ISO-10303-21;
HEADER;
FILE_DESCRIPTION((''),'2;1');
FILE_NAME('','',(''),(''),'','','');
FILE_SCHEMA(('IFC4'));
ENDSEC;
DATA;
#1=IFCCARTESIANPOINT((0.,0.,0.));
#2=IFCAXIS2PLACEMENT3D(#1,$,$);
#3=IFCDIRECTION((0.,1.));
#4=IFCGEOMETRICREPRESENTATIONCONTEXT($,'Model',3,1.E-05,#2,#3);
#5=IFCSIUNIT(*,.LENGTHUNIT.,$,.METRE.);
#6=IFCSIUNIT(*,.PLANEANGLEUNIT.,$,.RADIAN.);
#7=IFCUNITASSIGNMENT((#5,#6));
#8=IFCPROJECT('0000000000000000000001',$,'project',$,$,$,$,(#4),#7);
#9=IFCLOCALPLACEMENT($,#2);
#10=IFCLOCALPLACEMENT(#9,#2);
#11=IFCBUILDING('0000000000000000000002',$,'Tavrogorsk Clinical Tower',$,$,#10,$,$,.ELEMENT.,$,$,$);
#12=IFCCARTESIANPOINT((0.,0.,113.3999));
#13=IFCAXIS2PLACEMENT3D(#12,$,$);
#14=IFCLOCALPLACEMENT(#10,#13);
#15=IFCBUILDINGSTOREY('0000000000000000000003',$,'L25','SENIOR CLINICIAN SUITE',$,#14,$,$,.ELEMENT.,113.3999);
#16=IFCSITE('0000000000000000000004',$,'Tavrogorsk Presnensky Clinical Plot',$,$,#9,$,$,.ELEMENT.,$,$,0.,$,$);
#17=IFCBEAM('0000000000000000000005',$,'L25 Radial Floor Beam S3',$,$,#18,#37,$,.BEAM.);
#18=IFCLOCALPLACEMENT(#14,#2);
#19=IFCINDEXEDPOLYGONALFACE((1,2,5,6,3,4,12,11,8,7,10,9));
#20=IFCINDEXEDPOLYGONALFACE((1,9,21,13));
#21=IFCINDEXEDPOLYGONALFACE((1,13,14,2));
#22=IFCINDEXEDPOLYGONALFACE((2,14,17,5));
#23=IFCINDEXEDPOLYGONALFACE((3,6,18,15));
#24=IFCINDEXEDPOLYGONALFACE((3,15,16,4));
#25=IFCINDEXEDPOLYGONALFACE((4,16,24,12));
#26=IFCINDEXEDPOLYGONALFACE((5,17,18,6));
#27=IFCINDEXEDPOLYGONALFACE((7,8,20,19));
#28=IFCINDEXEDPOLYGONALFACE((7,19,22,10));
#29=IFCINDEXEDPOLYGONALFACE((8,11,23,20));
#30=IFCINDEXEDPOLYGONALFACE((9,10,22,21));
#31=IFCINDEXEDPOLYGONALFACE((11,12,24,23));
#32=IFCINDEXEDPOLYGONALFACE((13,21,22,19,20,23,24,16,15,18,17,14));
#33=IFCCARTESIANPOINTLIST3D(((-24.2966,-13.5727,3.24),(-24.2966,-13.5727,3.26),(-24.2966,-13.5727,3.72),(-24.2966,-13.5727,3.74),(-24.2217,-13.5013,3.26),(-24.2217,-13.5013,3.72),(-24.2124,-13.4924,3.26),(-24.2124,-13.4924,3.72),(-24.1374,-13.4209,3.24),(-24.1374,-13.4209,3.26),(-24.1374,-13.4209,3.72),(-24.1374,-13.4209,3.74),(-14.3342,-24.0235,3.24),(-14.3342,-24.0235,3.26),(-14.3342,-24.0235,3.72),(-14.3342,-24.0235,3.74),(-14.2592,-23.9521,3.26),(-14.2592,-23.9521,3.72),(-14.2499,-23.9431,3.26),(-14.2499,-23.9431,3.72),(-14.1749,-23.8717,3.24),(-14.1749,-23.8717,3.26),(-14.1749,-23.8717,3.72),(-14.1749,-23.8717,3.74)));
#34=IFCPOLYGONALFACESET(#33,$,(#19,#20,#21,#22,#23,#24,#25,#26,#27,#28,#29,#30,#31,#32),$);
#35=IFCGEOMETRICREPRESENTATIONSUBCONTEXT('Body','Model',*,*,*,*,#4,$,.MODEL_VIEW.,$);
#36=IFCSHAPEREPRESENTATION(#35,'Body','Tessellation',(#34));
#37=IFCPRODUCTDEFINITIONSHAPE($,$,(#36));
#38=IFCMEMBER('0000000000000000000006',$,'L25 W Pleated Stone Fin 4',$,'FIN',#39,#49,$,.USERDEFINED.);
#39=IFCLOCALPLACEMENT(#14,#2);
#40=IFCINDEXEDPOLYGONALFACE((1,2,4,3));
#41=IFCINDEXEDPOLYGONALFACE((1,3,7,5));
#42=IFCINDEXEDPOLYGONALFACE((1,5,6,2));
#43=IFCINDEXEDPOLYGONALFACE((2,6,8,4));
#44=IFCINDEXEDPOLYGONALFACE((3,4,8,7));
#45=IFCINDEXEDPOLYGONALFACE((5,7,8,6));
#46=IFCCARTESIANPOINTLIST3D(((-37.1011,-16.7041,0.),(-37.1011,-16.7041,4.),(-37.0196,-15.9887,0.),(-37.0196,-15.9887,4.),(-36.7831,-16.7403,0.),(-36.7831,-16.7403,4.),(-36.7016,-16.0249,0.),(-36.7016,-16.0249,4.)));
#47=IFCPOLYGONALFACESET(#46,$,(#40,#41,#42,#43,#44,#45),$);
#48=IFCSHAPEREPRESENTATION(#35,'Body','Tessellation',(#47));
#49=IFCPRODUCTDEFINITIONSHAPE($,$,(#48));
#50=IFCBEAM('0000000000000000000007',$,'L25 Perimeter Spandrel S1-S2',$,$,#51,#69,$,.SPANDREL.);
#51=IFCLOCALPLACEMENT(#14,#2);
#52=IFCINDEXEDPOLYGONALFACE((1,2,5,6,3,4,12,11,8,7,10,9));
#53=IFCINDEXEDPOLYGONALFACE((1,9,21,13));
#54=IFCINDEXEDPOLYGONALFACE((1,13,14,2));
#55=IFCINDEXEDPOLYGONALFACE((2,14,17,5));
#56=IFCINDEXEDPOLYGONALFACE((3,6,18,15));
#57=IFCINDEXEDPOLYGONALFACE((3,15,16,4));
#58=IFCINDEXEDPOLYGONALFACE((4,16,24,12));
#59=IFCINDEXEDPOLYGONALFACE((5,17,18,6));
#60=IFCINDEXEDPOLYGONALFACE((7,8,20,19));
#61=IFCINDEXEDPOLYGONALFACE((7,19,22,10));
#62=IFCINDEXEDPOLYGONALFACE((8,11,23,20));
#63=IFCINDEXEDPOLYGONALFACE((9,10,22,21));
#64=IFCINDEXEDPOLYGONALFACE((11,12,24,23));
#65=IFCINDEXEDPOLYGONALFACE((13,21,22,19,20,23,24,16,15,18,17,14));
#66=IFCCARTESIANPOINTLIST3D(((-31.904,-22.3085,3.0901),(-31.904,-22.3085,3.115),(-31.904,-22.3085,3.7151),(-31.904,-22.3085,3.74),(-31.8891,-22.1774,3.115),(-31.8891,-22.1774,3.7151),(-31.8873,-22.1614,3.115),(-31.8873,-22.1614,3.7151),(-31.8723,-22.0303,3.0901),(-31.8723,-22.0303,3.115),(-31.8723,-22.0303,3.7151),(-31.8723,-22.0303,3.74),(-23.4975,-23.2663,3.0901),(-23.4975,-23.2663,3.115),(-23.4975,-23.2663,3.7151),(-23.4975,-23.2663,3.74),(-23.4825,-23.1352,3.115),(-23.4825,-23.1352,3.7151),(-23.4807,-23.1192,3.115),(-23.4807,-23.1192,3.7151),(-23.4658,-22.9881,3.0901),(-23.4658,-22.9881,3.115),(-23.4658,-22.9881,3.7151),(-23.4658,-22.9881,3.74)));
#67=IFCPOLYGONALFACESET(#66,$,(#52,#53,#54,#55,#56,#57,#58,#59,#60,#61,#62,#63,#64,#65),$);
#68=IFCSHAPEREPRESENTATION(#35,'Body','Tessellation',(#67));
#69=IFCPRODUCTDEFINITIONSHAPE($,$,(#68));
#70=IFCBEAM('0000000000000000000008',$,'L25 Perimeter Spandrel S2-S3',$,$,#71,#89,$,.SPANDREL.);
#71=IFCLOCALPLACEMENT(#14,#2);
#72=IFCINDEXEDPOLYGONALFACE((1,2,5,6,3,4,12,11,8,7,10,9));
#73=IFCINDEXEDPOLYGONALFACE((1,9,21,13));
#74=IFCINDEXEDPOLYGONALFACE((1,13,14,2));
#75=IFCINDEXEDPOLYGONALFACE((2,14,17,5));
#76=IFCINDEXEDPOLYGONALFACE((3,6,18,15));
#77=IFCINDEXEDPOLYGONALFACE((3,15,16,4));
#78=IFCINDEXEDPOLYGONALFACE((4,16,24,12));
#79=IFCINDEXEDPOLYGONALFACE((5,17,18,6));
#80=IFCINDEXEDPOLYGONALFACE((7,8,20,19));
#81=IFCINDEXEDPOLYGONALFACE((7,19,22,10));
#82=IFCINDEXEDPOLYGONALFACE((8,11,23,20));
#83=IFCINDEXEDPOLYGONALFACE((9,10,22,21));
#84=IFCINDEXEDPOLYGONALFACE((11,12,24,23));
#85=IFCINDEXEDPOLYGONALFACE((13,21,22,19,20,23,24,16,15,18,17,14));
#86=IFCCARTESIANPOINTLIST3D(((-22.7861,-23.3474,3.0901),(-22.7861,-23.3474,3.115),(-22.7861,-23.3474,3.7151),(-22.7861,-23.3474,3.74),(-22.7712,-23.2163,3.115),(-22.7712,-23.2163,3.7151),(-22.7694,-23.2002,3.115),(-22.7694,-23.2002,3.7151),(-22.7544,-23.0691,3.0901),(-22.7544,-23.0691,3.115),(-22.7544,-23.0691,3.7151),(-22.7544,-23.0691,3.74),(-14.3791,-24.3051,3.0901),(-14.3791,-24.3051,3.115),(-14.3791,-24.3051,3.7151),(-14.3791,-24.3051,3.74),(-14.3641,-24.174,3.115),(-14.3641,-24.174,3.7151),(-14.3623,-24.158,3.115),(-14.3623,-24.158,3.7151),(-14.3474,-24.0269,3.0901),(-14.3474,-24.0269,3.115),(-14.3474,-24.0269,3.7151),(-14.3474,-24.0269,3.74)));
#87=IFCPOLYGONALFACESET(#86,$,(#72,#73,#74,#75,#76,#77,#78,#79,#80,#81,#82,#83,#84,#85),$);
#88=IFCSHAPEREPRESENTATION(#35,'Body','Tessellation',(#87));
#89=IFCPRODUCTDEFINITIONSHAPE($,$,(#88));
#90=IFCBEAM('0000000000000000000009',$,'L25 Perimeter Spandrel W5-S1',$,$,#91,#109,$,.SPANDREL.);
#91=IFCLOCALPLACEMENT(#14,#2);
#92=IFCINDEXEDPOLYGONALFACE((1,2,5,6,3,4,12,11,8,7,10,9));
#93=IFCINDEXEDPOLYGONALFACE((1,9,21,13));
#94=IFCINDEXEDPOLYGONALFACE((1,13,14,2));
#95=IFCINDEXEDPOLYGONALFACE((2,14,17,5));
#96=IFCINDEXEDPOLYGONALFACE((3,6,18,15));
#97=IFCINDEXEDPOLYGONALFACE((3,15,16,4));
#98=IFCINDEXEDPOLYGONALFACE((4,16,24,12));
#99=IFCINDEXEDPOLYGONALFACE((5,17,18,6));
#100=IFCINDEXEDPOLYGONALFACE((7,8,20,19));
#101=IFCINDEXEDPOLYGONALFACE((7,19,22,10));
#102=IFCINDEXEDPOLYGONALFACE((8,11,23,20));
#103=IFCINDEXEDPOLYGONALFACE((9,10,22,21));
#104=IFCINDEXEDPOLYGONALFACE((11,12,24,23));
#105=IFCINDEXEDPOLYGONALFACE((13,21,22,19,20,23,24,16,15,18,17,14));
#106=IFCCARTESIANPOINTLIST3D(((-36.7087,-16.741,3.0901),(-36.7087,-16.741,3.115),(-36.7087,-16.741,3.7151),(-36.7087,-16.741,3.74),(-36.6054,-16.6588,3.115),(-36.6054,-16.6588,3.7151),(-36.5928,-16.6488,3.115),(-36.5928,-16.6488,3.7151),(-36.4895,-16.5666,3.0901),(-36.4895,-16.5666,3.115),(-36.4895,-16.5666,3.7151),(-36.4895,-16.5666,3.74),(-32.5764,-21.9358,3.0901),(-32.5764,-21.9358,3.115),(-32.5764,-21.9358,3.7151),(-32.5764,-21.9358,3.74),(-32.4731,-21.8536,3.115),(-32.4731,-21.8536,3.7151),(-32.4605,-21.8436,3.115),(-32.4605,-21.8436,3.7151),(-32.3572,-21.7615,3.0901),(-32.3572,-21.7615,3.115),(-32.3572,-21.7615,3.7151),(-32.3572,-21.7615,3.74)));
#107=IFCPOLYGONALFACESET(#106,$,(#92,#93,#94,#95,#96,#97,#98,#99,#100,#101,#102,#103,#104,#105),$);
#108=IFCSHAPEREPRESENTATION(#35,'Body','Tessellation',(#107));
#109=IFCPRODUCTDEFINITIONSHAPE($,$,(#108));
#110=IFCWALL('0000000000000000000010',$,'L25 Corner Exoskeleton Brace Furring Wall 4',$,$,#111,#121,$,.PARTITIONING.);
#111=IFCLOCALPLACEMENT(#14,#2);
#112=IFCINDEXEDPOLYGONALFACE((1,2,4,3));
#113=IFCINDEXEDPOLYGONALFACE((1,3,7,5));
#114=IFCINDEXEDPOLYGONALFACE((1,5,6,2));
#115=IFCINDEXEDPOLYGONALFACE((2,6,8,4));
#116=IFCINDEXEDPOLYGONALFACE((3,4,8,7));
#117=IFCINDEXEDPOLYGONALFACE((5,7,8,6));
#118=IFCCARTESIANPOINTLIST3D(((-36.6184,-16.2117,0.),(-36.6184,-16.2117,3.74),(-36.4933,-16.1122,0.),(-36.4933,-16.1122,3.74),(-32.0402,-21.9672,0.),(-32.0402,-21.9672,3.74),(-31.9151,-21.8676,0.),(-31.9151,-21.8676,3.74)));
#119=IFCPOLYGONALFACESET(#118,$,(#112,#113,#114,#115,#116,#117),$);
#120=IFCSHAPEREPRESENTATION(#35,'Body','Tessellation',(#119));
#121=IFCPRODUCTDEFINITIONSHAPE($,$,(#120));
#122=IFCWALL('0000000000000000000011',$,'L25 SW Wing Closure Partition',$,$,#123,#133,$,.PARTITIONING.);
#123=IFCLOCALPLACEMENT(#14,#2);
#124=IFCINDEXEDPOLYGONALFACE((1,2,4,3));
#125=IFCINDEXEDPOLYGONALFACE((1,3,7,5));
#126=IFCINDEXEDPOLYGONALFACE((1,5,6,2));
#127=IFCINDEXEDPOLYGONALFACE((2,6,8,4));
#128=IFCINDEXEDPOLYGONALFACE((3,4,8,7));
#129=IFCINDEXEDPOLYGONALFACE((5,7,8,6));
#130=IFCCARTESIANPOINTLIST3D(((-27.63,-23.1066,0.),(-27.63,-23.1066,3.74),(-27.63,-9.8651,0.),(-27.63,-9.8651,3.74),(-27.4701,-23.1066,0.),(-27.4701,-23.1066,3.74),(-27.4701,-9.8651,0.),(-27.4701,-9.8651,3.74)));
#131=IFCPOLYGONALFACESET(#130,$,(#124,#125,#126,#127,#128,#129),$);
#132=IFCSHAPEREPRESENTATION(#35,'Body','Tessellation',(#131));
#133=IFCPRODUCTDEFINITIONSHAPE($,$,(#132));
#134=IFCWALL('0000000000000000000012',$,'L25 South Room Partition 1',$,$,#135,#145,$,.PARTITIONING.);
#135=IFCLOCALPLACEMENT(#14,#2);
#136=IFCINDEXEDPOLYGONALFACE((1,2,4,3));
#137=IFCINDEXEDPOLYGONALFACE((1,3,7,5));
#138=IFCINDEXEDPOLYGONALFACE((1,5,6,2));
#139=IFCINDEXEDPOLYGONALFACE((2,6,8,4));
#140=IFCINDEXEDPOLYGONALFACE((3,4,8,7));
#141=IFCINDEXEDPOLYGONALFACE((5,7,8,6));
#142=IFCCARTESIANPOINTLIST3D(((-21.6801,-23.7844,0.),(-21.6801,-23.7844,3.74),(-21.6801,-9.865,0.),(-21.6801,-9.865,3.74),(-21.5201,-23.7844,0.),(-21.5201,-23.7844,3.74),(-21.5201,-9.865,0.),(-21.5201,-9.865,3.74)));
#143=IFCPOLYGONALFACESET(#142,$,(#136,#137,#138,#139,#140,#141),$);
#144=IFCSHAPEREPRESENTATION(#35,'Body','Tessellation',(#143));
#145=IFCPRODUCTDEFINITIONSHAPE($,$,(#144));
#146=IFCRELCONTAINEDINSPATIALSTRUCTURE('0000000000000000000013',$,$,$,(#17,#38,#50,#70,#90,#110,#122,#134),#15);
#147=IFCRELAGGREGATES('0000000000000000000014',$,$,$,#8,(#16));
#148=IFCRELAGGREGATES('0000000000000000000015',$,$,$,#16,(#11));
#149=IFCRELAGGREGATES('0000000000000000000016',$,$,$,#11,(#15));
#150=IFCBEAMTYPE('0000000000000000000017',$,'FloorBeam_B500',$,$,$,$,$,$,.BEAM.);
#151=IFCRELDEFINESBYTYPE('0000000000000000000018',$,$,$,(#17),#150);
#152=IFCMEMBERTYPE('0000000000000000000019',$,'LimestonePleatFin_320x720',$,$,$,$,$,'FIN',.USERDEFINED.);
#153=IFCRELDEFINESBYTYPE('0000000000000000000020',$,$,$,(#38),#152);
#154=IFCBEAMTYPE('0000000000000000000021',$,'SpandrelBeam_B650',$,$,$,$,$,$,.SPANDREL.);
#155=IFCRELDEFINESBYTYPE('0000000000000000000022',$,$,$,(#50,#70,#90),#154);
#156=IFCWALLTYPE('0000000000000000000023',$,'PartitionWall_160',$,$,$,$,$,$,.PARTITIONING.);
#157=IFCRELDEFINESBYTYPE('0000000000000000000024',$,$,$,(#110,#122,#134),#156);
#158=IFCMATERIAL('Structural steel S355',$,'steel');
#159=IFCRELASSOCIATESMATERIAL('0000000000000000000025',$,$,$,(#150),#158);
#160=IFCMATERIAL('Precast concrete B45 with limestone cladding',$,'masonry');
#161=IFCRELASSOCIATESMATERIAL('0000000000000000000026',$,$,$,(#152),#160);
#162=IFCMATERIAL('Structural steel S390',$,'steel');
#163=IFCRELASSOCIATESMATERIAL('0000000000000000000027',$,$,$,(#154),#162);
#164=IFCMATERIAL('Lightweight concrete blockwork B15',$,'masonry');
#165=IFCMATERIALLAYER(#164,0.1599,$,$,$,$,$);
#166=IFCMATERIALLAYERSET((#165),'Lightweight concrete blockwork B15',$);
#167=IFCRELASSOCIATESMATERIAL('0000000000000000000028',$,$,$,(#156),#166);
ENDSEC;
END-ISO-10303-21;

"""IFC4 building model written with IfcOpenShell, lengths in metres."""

from ifc_helpers import new_model, si_unit, direction, frame, frame_2d, origin, origin_2d, place, context, subcontext, project, spatial, rectangle, i_section, extrude, material, layer, layer_set, material_profile, profile_set, type_object, element, save


model = new_model("IFC4")

# Units and contexts
model_context = context("Model", 3, precision=1e-05, world=origin(), true_north=direction((0.0, 1.0)))
body_context = subcontext(model_context, "Body", "Model", "MODEL_VIEW")
ifc_project = project(units=[si_unit("LENGTHUNIT", "METRE"), si_unit("PLANEANGLEUNIT", "RADIAN")], contexts=[model_context])

# Site, building, storey
site_placement = place(None, origin())
site = spatial("IfcSite", under=ifc_project, at=site_placement, Name="Tavrogorsk Presnensky Clinical Plot", CompositionType="ELEMENT", RefElevation=0.0)
building_placement = place(site_placement, origin())
building = spatial("IfcBuilding", under=site, at=building_placement, Name="Tavrogorsk Clinical Tower", CompositionType="ELEMENT")
storey_placement = place(building_placement, frame((0.0, 0.0, 113.3999)))
storey = spatial("IfcBuildingStorey", under=building, at=storey_placement, Name="L25", Description="SENIOR CLINICIAN SUITE", CompositionType="ELEMENT", Elevation=113.3999)

# Beam
ifc_material_1 = material(Name="Structural steel S355", Category="steel")
ifc_material_profile_1 = material_profile(ifc_material_1, i_section(OverallWidth=0.22, OverallDepth=0.5, WebThickness=0.0129, FlangeThickness=0.02, at=origin_2d()), Name="B-500x220x13x20")
ifc_profile_set_1 = profile_set([ifc_material_profile_1], Name="Structural steel S355")
beam_type_1 = type_object("IfcBeamType", Name="FloorBeam_B500", PredefinedType="BEAM", material=ifc_profile_set_1)
beam_1_placement = place(storey_placement, frame((-24.217, -13.4968, 3.49), z_axis=(0.689995, -0.723814, 0.0), x_axis=(0.723814, 0.689995, 0.0)))
element("IfcBeam", 1, at=beam_1_placement, inside=storey, type_object=beam_type_1, Name="L25 Radial Floor Beam S3", PredefinedType="BEAM", context=body_context, shape_type="SweptSolid", body=[
    extrude(i_section(OverallWidth=0.22, OverallDepth=0.5, WebThickness=0.0129, FlangeThickness=0.02, at=origin_2d()), origin(), (0.0, 0.0, 1.0), 14.4385),
])

# Member
ifc_material_2 = material(Name="Precast concrete B45 with limestone cladding", Category="masonry")
ifc_material_profile_2 = material_profile(ifc_material_2, rectangle(XDim=0.3201, YDim=0.72, at=origin_2d()), Name="LIMESTONE-FIN-320x720")
ifc_profile_set_2 = profile_set([ifc_material_profile_2], Name="Precast concrete B45 with limestone cladding")
member_type_1 = type_object("IfcMemberType", Name="LimestonePleatFin_320x720", ElementType="FIN", PredefinedType="USERDEFINED", material=ifc_profile_set_2)
member_1_placement = place(storey_placement, frame((-36.9014, -16.3645, 0.0), z_axis=(0.0, 0.0, 1.0), x_axis=(0.993572, -0.113203, 0.0)))
element("IfcMember", 2, at=member_1_placement, inside=storey, type_object=member_type_1, Name="L25 W Pleated Stone Fin 4", ObjectType="FIN", PredefinedType="USERDEFINED", context=body_context, shape_type="SweptSolid", body=[
    extrude(rectangle(XDim=0.3201, YDim=0.72, at=origin_2d()), origin(), (0.0, 0.0, 1.0), 4.0),
])

# Beams
ifc_material_3 = material(Name="Structural steel S390", Category="steel")
ifc_material_profile_3 = material_profile(ifc_material_3, i_section(OverallWidth=0.28, OverallDepth=0.6499, WebThickness=0.0161, FlangeThickness=0.0249, at=origin_2d()), Name="B-650x280x16x25")
ifc_profile_set_3 = profile_set([ifc_material_profile_3], Name="Structural steel S390")
beam_type_2 = type_object("IfcBeamType", Name="SpandrelBeam_B650", PredefinedType="SPANDREL", material=ifc_profile_set_3)
beam_2_placement = place(storey_placement, frame((-31.8882, -22.1694, 3.415), z_axis=(0.993572, -0.113199, 0.0), x_axis=(0.113199, 0.993572, 0.0)))
element("IfcBeam", 3, at=beam_2_placement, inside=storey, type_object=beam_type_2, Name="L25 Perimeter Spandrel S1-S2", PredefinedType="SPANDREL", context=body_context, shape_type="SweptSolid", body=[
    extrude(i_section(OverallWidth=0.28, OverallDepth=0.6499, WebThickness=0.0161, FlangeThickness=0.0249, at=origin_2d()), origin(), (0.0, 0.0, 1.0), 8.4609),
])
beam_3_placement = place(storey_placement, frame((-22.7703, -23.2083, 3.415), z_axis=(0.993573, -0.113193, 0.0), x_axis=(0.113193, 0.993573, 0.0)))
element("IfcBeam", 4, at=beam_3_placement, inside=storey, type_object=beam_type_2, Name="L25 Perimeter Spandrel S2-S3", PredefinedType="SPANDREL", context=body_context, shape_type="SweptSolid", body=[
    extrude(i_section(OverallWidth=0.28, OverallDepth=0.6499, WebThickness=0.0161, FlangeThickness=0.0249, at=origin_2d()), origin(), (0.0, 0.0, 1.0), 8.4614),
])
beam_4_placement = place(storey_placement, frame((-36.5991, -16.6538, 3.415), z_axis=(0.622531, -0.782595, 0.0), x_axis=(0.782595, 0.622531, 0.0)))
element("IfcBeam", 5, at=beam_4_placement, inside=storey, type_object=beam_type_2, Name="L25 Perimeter Spandrel W5-S1", PredefinedType="SPANDREL", context=body_context, shape_type="SweptSolid", body=[
    extrude(i_section(OverallWidth=0.28, OverallDepth=0.6499, WebThickness=0.0161, FlangeThickness=0.0249, at=origin_2d()), origin(), (0.0, 0.0, 1.0), 6.6379),
])

# Walls
ifc_material_4 = material(Name="Lightweight concrete blockwork B15", Category="masonry")
ifc_layer_1 = layer(ifc_material_4, 0.1599)
ifc_layer_set_1 = layer_set([ifc_layer_1], Name="Lightweight concrete blockwork B15")
wall_type_1 = type_object("IfcWallType", Name="PartitionWall_160", PredefinedType="PARTITIONING", material=ifc_layer_set_1)
wall_1_placement = place(storey_placement, frame((-36.5559, -16.1619, 0.0), z_axis=(0.0, 0.0, 1.0), x_axis=(0.622523, -0.782602, 0.0)))
element("IfcWall", 6, at=wall_1_placement, inside=storey, type_object=wall_type_1, Name="L25 Corner Exoskeleton Brace Furring Wall 4", PredefinedType="PARTITIONING", context=body_context, shape_type="SweptSolid", body=[
    extrude(rectangle(XDim=7.3542, YDim=0.1599, at=frame_2d((3.6772, 0.0))), origin(), (0.0, 0.0, 1.0), 3.74),
])
wall_2_placement = place(storey_placement, frame((-27.55, -23.1064, 0.0), z_axis=(0.0, 0.0, 1.0), x_axis=(0.0, 1.0, 0.0)))
element("IfcWall", 7, at=wall_2_placement, inside=storey, type_object=wall_type_1, Name="L25 SW Wing Closure Partition", PredefinedType="PARTITIONING", context=body_context, shape_type="SweptSolid", body=[
    extrude(rectangle(XDim=13.2415, YDim=0.1599, at=frame_2d((6.6206, 0.0))), origin(), (0.0, 0.0, 1.0), 3.74),
])
wall_3_placement = place(storey_placement, frame((-21.6001, -23.7844, 0.0), z_axis=(0.0, 0.0, 1.0), x_axis=(0.0, 1.0, 0.0)))
element("IfcWall", 8, at=wall_3_placement, inside=storey, type_object=wall_type_1, Name="L25 South Room Partition 1", PredefinedType="PARTITIONING", context=body_context, shape_type="SweptSolid", body=[
    extrude(rectangle(XDim=13.9194, YDim=0.1599, at=frame_2d((6.9597, 0.0))), origin(), (0.0, 0.0, 1.0), 3.74),
])

save(model, "model.ifc")
